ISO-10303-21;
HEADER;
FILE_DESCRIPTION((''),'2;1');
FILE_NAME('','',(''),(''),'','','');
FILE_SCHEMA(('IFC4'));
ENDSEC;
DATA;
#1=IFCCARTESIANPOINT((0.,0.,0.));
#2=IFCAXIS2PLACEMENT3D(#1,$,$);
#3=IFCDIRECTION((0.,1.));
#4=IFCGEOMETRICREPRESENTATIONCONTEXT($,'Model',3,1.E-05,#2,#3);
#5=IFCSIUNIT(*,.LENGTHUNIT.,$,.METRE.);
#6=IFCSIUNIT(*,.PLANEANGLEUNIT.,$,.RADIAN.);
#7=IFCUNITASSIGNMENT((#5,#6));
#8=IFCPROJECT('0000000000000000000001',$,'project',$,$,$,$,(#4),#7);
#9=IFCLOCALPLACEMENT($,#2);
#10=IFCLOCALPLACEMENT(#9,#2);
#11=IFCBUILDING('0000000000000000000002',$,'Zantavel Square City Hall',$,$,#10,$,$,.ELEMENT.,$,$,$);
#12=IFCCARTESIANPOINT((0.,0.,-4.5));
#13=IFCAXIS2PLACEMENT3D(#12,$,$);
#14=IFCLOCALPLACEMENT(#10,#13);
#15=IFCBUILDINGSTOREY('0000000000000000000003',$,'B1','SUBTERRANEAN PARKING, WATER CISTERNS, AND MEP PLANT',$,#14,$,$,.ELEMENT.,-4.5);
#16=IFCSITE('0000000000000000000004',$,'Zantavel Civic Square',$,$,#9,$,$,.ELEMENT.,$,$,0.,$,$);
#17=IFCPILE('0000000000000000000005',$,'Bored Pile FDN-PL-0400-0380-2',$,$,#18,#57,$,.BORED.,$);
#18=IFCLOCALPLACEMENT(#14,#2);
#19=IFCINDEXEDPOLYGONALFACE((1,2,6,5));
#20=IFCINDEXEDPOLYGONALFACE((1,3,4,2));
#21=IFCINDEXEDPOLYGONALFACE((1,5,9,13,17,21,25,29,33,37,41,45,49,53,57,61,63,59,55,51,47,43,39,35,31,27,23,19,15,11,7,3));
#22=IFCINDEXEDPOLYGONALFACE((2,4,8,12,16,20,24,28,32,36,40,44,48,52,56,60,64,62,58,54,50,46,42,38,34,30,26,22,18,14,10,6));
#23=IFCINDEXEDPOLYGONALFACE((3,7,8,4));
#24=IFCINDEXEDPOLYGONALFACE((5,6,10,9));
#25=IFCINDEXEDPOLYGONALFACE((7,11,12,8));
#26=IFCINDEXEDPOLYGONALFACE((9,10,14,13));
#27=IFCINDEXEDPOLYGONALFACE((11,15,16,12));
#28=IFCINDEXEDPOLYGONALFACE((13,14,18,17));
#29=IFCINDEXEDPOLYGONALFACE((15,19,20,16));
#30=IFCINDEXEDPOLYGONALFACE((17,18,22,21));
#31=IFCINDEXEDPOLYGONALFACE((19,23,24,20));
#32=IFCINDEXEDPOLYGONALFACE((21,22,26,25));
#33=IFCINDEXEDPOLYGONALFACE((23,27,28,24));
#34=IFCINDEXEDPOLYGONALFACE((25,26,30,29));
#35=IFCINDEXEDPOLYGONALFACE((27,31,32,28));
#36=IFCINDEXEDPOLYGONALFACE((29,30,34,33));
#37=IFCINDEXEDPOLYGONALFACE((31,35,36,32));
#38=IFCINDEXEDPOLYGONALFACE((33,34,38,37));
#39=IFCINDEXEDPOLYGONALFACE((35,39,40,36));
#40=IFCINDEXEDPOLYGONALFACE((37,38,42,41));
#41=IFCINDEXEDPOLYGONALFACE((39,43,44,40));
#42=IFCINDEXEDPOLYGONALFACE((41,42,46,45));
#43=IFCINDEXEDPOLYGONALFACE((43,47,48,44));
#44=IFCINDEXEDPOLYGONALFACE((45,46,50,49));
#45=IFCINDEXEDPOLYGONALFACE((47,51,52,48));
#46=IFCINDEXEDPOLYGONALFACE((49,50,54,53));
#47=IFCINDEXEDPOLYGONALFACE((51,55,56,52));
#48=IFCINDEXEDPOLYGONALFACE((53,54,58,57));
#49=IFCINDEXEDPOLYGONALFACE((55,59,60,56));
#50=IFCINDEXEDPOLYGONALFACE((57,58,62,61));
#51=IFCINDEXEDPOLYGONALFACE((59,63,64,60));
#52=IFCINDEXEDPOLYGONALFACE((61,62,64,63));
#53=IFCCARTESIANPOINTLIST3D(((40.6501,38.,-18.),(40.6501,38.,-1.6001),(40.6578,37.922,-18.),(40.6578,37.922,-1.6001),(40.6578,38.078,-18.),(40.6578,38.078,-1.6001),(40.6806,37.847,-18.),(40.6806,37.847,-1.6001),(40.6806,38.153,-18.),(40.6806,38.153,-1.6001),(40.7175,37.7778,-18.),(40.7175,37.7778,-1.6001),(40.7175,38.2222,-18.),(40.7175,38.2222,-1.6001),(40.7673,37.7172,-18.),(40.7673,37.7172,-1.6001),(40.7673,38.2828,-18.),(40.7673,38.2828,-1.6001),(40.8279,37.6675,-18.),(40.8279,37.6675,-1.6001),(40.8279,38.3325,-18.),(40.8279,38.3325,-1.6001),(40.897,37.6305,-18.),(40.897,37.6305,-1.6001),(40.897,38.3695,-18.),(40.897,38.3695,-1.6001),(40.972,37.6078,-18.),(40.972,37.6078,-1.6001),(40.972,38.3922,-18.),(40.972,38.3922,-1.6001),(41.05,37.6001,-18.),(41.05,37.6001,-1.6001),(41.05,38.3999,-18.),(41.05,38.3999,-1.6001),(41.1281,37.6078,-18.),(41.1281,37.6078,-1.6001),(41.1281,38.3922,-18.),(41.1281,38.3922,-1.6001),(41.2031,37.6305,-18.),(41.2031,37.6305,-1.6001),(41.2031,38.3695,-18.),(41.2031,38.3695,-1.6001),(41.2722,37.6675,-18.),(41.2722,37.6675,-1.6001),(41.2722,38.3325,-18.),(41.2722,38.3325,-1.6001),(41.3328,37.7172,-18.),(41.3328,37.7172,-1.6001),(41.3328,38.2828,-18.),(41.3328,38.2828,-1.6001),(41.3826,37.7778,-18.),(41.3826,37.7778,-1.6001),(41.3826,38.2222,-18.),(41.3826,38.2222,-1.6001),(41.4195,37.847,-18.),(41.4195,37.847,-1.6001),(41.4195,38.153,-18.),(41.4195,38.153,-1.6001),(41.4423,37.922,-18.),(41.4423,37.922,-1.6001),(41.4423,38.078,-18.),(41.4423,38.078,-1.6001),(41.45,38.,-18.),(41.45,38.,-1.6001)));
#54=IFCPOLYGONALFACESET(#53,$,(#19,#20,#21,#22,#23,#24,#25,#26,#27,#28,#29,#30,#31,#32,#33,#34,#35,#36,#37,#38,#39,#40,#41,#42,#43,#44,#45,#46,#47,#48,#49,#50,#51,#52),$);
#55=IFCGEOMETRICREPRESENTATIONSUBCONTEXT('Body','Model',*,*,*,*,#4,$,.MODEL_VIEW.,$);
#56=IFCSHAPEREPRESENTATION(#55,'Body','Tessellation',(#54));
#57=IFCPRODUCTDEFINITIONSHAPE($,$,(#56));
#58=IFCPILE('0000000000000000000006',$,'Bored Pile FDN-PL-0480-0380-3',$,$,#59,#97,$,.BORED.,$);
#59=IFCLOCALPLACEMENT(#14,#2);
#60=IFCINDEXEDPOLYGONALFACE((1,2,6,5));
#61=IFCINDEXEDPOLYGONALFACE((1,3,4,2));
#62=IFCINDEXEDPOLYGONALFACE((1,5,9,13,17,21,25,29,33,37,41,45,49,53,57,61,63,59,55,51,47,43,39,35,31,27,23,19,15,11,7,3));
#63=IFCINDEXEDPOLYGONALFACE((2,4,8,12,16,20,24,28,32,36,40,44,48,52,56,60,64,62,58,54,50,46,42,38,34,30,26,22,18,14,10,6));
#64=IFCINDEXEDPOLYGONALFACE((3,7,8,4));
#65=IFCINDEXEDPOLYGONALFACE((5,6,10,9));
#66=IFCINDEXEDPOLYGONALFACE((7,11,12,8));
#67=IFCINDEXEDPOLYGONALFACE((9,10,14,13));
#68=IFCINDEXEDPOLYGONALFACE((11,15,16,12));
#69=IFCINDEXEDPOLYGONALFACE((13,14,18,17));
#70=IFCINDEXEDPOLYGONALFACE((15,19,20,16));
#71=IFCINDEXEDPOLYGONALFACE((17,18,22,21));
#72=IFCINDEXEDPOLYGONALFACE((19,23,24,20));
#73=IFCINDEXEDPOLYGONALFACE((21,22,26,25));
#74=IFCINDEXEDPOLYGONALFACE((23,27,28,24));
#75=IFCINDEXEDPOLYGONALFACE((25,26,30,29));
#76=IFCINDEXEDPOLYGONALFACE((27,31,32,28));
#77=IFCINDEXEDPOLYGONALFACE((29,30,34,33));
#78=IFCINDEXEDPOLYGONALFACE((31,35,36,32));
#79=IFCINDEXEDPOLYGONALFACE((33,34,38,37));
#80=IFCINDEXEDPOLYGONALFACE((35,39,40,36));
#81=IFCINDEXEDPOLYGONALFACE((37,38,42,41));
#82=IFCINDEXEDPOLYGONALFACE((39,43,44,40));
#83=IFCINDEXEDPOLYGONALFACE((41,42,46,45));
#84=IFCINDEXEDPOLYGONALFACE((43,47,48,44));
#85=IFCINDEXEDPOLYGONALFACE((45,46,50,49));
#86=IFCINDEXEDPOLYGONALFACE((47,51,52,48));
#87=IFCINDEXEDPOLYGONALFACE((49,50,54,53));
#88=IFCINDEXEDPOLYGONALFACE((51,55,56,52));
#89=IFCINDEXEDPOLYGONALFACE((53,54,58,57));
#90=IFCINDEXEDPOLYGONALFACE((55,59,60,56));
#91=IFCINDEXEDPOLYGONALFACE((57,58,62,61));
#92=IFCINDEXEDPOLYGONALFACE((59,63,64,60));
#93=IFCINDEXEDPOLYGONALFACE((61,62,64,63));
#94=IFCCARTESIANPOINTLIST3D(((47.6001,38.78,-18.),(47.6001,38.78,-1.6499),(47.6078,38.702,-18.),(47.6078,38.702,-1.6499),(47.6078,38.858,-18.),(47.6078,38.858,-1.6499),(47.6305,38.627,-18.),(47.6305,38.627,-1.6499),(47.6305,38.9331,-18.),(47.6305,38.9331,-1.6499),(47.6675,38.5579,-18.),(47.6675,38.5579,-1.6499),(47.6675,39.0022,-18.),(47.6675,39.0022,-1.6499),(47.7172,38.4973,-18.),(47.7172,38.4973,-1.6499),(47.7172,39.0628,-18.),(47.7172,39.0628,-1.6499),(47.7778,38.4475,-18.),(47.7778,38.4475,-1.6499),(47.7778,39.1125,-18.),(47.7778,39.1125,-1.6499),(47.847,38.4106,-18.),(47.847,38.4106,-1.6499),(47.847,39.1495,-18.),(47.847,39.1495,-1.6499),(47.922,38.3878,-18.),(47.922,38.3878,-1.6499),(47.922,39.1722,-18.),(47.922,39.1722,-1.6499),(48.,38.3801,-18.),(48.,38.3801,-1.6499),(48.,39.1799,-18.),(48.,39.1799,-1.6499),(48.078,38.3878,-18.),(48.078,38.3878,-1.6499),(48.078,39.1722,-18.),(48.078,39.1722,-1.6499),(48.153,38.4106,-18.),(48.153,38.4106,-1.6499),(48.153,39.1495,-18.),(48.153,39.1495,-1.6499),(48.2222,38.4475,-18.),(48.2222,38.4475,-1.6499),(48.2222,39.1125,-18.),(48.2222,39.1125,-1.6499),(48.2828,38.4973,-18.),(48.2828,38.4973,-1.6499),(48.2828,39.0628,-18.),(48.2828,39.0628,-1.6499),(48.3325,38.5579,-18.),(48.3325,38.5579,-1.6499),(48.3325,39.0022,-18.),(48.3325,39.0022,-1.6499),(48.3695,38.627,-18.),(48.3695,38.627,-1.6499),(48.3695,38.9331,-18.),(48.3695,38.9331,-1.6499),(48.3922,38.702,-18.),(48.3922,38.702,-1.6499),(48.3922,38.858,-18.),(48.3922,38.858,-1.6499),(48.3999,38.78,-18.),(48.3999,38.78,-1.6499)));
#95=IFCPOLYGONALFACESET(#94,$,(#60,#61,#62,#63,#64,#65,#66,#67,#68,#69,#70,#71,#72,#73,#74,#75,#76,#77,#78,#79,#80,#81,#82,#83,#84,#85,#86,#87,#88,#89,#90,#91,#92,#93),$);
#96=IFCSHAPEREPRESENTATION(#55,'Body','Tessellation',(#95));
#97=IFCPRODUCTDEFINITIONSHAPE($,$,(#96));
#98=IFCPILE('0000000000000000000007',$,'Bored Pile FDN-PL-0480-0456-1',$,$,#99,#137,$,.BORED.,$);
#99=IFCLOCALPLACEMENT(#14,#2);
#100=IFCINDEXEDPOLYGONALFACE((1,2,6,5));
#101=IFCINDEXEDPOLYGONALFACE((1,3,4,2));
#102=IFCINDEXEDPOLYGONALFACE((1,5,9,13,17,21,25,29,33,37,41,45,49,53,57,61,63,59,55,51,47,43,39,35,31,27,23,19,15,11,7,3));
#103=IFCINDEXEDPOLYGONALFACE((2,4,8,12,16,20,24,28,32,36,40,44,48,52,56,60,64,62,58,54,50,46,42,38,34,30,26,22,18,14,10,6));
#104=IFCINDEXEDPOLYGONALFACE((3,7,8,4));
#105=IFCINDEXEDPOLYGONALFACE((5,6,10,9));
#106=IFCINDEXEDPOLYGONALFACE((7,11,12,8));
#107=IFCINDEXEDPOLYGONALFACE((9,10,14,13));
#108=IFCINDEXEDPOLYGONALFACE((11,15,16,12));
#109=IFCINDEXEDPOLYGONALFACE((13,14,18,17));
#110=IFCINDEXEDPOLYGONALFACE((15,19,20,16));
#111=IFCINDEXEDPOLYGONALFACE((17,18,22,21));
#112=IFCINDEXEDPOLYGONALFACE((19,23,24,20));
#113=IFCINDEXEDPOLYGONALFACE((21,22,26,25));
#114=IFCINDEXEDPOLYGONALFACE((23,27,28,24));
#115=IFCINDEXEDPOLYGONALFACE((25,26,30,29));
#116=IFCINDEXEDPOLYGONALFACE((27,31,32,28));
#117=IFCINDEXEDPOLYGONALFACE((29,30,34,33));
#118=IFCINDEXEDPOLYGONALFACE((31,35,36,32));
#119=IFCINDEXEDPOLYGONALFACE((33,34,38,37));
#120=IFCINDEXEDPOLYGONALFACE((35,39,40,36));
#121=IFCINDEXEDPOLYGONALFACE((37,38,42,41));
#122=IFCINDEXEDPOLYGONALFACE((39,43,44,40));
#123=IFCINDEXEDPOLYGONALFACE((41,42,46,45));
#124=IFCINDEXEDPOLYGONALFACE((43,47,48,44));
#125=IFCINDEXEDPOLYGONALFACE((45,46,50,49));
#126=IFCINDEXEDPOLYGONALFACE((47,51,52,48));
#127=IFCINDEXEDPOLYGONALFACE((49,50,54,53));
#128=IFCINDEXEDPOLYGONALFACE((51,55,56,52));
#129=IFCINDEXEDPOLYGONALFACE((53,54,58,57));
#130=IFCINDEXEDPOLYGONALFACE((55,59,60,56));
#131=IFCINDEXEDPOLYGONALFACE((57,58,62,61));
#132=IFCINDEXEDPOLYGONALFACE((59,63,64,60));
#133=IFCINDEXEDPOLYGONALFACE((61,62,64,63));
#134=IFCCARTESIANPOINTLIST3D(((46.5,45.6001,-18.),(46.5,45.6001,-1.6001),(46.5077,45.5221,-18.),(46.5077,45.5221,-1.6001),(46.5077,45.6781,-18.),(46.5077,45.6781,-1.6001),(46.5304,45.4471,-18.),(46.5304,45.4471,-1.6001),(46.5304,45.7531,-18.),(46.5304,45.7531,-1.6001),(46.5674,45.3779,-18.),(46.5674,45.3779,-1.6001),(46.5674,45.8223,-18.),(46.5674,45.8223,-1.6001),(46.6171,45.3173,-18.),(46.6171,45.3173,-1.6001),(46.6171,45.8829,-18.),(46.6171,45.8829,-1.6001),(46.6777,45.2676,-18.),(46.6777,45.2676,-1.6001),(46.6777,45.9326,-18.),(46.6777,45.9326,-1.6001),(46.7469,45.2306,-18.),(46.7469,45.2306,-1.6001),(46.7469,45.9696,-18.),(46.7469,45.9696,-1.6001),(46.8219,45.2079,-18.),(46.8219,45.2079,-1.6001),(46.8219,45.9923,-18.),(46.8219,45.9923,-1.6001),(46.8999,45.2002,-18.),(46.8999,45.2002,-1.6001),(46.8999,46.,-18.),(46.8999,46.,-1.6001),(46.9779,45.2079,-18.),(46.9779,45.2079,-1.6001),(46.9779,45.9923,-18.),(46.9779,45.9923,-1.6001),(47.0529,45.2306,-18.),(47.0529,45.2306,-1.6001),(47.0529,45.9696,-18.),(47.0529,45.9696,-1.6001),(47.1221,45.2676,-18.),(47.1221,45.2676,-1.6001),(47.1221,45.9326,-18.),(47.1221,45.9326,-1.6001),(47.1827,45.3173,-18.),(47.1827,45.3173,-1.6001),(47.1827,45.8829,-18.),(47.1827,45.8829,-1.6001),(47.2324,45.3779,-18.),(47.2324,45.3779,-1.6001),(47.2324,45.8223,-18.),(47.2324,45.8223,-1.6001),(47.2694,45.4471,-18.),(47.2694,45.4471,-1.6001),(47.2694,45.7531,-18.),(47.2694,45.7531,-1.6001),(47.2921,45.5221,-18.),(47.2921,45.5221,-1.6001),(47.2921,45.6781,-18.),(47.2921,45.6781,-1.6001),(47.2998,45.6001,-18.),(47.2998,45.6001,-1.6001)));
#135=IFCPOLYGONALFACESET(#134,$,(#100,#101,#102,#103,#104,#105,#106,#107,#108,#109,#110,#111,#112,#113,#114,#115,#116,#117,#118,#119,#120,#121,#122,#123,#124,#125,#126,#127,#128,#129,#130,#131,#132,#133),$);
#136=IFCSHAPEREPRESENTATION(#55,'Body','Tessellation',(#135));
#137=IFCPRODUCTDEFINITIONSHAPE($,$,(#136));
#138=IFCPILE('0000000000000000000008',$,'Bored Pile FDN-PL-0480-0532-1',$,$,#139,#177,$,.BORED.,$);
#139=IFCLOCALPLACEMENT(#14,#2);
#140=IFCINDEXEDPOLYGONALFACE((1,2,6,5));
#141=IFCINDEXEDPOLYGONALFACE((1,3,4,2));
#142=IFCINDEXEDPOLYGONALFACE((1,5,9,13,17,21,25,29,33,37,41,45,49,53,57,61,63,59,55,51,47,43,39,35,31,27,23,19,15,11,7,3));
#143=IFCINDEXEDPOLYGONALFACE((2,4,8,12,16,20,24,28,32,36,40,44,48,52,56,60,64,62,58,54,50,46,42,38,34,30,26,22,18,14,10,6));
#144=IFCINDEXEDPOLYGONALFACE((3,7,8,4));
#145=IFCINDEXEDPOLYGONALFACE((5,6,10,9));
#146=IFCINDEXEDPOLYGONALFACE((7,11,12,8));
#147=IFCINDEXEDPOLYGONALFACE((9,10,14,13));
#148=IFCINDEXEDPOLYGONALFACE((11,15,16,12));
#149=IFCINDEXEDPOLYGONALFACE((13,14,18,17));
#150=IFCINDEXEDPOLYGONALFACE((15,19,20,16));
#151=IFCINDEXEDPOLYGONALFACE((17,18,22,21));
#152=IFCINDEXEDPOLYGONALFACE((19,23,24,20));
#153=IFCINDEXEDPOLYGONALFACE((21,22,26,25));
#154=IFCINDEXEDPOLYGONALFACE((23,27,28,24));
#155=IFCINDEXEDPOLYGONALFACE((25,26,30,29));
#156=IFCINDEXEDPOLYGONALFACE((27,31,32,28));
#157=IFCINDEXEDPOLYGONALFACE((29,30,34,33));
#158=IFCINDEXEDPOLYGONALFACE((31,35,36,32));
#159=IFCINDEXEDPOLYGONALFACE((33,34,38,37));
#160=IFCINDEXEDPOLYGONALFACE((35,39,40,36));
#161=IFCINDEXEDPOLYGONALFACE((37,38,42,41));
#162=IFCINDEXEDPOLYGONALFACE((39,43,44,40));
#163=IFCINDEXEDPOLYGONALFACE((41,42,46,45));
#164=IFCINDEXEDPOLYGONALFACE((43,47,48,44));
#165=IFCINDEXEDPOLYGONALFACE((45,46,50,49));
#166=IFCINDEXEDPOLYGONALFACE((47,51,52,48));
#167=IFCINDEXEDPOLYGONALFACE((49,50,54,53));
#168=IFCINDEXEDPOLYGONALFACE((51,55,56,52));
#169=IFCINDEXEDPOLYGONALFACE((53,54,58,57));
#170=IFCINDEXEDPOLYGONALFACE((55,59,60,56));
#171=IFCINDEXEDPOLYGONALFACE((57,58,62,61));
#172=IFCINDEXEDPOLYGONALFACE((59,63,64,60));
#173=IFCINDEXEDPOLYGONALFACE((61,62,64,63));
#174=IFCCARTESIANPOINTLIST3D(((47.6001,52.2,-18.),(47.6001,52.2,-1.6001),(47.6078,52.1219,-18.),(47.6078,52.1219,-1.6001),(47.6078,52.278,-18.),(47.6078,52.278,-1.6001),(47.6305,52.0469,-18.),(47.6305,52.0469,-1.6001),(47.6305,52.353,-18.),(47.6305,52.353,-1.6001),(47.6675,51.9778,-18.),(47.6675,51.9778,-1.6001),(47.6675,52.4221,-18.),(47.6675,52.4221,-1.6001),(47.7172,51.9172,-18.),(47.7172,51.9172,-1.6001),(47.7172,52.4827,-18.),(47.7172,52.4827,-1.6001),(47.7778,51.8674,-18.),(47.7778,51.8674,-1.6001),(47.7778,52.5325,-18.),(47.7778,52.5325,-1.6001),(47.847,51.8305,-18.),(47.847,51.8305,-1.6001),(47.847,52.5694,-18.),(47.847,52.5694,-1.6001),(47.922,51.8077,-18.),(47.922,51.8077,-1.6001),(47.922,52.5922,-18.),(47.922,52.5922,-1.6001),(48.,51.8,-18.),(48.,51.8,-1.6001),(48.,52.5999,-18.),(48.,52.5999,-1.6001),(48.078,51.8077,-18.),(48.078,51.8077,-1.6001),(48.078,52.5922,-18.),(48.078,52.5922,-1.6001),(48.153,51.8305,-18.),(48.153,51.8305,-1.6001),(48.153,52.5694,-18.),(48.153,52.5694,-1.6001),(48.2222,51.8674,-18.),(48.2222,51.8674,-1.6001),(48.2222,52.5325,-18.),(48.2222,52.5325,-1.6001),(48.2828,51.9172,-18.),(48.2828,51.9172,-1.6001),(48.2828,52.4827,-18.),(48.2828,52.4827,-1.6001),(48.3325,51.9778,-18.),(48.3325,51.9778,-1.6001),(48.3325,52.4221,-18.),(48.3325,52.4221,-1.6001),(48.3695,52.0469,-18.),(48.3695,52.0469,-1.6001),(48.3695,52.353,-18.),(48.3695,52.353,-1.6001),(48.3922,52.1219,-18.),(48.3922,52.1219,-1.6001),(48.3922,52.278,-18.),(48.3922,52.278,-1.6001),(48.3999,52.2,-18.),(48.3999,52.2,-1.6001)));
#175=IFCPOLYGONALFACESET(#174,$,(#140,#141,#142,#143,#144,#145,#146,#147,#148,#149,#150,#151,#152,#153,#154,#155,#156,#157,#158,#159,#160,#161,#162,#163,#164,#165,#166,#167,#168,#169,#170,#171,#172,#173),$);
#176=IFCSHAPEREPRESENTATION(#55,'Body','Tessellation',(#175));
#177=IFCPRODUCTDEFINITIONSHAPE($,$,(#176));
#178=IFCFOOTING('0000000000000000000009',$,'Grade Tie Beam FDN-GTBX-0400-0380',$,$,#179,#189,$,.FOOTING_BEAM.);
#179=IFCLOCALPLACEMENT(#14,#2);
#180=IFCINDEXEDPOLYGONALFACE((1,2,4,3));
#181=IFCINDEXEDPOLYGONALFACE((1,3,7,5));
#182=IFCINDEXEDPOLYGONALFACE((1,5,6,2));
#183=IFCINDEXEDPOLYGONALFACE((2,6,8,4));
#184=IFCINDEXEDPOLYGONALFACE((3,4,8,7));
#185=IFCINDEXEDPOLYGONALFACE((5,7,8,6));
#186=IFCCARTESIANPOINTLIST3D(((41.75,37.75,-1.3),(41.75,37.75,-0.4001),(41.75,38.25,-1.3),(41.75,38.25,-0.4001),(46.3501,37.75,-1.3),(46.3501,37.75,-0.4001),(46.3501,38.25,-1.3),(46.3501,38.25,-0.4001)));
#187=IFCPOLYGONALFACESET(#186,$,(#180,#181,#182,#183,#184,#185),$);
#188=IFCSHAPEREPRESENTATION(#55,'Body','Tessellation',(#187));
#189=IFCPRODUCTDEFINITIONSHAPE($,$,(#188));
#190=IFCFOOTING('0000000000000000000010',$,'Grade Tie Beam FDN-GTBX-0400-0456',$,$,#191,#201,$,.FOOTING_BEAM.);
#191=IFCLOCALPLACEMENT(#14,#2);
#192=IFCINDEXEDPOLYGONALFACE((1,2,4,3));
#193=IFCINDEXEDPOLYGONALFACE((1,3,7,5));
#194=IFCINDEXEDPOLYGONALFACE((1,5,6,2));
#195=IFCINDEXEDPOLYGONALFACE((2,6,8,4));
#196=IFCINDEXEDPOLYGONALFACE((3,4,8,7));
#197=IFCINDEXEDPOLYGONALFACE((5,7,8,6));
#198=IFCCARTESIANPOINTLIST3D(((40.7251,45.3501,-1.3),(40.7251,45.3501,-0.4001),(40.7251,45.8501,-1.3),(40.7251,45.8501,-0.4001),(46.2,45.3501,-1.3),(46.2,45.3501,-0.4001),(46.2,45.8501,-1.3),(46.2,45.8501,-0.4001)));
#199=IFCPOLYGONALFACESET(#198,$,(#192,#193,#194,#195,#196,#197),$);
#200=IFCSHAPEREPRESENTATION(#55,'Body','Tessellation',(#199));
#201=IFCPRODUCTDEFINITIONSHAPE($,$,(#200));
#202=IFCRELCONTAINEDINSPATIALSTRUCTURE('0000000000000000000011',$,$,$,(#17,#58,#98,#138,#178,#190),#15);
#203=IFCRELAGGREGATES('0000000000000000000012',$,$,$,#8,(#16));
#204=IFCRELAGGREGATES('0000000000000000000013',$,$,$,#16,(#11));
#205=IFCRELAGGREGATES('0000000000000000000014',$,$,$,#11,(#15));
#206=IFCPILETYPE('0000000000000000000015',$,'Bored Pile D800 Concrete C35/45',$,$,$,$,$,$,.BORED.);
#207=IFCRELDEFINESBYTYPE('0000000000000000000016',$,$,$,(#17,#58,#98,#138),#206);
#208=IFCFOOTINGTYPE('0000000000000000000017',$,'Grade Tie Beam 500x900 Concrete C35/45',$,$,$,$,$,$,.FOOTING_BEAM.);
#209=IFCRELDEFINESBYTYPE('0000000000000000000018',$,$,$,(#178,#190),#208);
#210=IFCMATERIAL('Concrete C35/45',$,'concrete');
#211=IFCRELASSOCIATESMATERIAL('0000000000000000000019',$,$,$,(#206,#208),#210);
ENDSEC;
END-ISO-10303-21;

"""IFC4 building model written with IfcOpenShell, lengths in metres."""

from ifc_helpers import new_model, si_unit, direction, frame, origin, origin_2d, place, context, subcontext, project, spatial, rectangle, circle, extrude, material, material_profile, profile_set, type_object, element, save


model = new_model("IFC4")

# Units and contexts
model_context = context("Model", 3, precision=1e-05, world=origin(), true_north=direction((0.0, 1.0)))
body_context = subcontext(model_context, "Body", "Model", "MODEL_VIEW")
ifc_project = project(units=[si_unit("LENGTHUNIT", "METRE"), si_unit("PLANEANGLEUNIT", "RADIAN")], contexts=[model_context])

# Site, building, storey
site_placement = place(None, origin())
site = spatial("IfcSite", under=ifc_project, at=site_placement, Name="Zantavel Civic Square", CompositionType="ELEMENT", RefElevation=0.0)
building_placement = place(site_placement, origin())
building = spatial("IfcBuilding", under=site, at=building_placement, Name="Zantavel Square City Hall", CompositionType="ELEMENT")
storey_placement = place(building_placement, frame((0.0, 0.0, -4.5)))
storey = spatial("IfcBuildingStorey", under=building, at=storey_placement, Name="B1", Description="SUBTERRANEAN PARKING, WATER CISTERNS, AND MEP PLANT", CompositionType="ELEMENT", Elevation=-4.5)

# Piles
ifc_material_1 = material(Name="Concrete C35/45", Category="concrete")
ifc_material_profile_1 = material_profile(ifc_material_1, circle(Radius=0.3999, at=origin_2d()), Name="PILE D800")
ifc_profile_set_1 = profile_set([ifc_material_profile_1], Name="Concrete C35/45")
pile_type = type_object("IfcPileType", Name="Bored Pile D800 Concrete C35/45", PredefinedType="BORED", material=ifc_profile_set_1)
pile_1_placement = place(storey_placement, frame((41.05, 38.0, -1.6001), z_axis=(0.0, 0.0, -1.0), x_axis=(1.0, 0.0, 0.0)))
element("IfcPile", 1, at=pile_1_placement, inside=storey, type_object=pile_type, Name="Bored Pile FDN-PL-0400-0380-2", PredefinedType="BORED", context=body_context, shape_type="SweptSolid", body=[
    extrude(circle(Radius=0.3999, at=origin_2d()), origin(), (0.0, 0.0, 1.0), 16.3999),
])
pile_2_placement = place(storey_placement, frame((48.0, 38.78, -1.6499), z_axis=(0.0, 0.0, -1.0), x_axis=(1.0, 0.0, 0.0)))
element("IfcPile", 2, at=pile_2_placement, inside=storey, type_object=pile_type, Name="Bored Pile FDN-PL-0480-0380-3", PredefinedType="BORED", context=body_context, shape_type="SweptSolid", body=[
    extrude(circle(Radius=0.3999, at=origin_2d()), origin(), (0.0, 0.0, 1.0), 16.3501),
])
for number, where, z_axis, x_axis, name in (
    (3, (46.8999, 45.6001, -1.6001), (0.0, 0.0, -1.0), (1.0, 0.0, 0.0), "Bored Pile FDN-PL-0480-0456-1"),
    (4, (48.0, 52.2, -1.6001), (0.0, 0.0, -1.0), (1.0, 0.0, 0.0), "Bored Pile FDN-PL-0480-0532-1"),
):
    element("IfcPile", number, at=place(storey_placement, frame(where, z_axis=z_axis, x_axis=x_axis)), inside=storey, type_object=pile_type, Name=name, PredefinedType="BORED", context=body_context, shape_type="SweptSolid", body=[
        extrude(circle(Radius=0.3999, at=origin_2d()), origin(), (0.0, 0.0, 1.0), 16.3999),
    ])

# Footings
ifc_material_profile_2 = material_profile(ifc_material_1, rectangle(XDim=0.5, YDim=0.8999, at=origin_2d()), Name="RC 500x900")
ifc_profile_set_2 = profile_set([ifc_material_profile_2], Name="Concrete C35/45")
footing_type_1 = type_object("IfcFootingType", Name="Grade Tie Beam 500x900 Concrete C35/45", PredefinedType="FOOTING_BEAM", material=ifc_profile_set_2)
footing_1_placement = place(storey_placement, frame((41.75, 38.0, -0.8501), z_axis=(1.0, 0.0, 0.0), x_axis=(0.0, 1.0, 0.0)))
element("IfcFooting", 5, at=footing_1_placement, inside=storey, type_object=footing_type_1, Name="Grade Tie Beam FDN-GTBX-0400-0380", PredefinedType="FOOTING_BEAM", context=body_context, shape_type="SweptSolid", body=[
    extrude(rectangle(XDim=0.5, YDim=0.8999, at=origin_2d()), origin(), (0.0, 0.0, 1.0), 4.6001),
])
footing_2_placement = place(storey_placement, frame((40.7251, 45.6001, -0.8501), z_axis=(1.0, 0.0, 0.0), x_axis=(0.0, 1.0, 0.0)))
element("IfcFooting", 6, at=footing_2_placement, inside=storey, type_object=footing_type_1, Name="Grade Tie Beam FDN-GTBX-0400-0456", PredefinedType="FOOTING_BEAM", context=body_context, shape_type="SweptSolid", body=[
    extrude(rectangle(XDim=0.5, YDim=0.8999, at=origin_2d()), origin(), (0.0, 0.0, 1.0), 5.4749),
])

save(model, "model.ifc")
